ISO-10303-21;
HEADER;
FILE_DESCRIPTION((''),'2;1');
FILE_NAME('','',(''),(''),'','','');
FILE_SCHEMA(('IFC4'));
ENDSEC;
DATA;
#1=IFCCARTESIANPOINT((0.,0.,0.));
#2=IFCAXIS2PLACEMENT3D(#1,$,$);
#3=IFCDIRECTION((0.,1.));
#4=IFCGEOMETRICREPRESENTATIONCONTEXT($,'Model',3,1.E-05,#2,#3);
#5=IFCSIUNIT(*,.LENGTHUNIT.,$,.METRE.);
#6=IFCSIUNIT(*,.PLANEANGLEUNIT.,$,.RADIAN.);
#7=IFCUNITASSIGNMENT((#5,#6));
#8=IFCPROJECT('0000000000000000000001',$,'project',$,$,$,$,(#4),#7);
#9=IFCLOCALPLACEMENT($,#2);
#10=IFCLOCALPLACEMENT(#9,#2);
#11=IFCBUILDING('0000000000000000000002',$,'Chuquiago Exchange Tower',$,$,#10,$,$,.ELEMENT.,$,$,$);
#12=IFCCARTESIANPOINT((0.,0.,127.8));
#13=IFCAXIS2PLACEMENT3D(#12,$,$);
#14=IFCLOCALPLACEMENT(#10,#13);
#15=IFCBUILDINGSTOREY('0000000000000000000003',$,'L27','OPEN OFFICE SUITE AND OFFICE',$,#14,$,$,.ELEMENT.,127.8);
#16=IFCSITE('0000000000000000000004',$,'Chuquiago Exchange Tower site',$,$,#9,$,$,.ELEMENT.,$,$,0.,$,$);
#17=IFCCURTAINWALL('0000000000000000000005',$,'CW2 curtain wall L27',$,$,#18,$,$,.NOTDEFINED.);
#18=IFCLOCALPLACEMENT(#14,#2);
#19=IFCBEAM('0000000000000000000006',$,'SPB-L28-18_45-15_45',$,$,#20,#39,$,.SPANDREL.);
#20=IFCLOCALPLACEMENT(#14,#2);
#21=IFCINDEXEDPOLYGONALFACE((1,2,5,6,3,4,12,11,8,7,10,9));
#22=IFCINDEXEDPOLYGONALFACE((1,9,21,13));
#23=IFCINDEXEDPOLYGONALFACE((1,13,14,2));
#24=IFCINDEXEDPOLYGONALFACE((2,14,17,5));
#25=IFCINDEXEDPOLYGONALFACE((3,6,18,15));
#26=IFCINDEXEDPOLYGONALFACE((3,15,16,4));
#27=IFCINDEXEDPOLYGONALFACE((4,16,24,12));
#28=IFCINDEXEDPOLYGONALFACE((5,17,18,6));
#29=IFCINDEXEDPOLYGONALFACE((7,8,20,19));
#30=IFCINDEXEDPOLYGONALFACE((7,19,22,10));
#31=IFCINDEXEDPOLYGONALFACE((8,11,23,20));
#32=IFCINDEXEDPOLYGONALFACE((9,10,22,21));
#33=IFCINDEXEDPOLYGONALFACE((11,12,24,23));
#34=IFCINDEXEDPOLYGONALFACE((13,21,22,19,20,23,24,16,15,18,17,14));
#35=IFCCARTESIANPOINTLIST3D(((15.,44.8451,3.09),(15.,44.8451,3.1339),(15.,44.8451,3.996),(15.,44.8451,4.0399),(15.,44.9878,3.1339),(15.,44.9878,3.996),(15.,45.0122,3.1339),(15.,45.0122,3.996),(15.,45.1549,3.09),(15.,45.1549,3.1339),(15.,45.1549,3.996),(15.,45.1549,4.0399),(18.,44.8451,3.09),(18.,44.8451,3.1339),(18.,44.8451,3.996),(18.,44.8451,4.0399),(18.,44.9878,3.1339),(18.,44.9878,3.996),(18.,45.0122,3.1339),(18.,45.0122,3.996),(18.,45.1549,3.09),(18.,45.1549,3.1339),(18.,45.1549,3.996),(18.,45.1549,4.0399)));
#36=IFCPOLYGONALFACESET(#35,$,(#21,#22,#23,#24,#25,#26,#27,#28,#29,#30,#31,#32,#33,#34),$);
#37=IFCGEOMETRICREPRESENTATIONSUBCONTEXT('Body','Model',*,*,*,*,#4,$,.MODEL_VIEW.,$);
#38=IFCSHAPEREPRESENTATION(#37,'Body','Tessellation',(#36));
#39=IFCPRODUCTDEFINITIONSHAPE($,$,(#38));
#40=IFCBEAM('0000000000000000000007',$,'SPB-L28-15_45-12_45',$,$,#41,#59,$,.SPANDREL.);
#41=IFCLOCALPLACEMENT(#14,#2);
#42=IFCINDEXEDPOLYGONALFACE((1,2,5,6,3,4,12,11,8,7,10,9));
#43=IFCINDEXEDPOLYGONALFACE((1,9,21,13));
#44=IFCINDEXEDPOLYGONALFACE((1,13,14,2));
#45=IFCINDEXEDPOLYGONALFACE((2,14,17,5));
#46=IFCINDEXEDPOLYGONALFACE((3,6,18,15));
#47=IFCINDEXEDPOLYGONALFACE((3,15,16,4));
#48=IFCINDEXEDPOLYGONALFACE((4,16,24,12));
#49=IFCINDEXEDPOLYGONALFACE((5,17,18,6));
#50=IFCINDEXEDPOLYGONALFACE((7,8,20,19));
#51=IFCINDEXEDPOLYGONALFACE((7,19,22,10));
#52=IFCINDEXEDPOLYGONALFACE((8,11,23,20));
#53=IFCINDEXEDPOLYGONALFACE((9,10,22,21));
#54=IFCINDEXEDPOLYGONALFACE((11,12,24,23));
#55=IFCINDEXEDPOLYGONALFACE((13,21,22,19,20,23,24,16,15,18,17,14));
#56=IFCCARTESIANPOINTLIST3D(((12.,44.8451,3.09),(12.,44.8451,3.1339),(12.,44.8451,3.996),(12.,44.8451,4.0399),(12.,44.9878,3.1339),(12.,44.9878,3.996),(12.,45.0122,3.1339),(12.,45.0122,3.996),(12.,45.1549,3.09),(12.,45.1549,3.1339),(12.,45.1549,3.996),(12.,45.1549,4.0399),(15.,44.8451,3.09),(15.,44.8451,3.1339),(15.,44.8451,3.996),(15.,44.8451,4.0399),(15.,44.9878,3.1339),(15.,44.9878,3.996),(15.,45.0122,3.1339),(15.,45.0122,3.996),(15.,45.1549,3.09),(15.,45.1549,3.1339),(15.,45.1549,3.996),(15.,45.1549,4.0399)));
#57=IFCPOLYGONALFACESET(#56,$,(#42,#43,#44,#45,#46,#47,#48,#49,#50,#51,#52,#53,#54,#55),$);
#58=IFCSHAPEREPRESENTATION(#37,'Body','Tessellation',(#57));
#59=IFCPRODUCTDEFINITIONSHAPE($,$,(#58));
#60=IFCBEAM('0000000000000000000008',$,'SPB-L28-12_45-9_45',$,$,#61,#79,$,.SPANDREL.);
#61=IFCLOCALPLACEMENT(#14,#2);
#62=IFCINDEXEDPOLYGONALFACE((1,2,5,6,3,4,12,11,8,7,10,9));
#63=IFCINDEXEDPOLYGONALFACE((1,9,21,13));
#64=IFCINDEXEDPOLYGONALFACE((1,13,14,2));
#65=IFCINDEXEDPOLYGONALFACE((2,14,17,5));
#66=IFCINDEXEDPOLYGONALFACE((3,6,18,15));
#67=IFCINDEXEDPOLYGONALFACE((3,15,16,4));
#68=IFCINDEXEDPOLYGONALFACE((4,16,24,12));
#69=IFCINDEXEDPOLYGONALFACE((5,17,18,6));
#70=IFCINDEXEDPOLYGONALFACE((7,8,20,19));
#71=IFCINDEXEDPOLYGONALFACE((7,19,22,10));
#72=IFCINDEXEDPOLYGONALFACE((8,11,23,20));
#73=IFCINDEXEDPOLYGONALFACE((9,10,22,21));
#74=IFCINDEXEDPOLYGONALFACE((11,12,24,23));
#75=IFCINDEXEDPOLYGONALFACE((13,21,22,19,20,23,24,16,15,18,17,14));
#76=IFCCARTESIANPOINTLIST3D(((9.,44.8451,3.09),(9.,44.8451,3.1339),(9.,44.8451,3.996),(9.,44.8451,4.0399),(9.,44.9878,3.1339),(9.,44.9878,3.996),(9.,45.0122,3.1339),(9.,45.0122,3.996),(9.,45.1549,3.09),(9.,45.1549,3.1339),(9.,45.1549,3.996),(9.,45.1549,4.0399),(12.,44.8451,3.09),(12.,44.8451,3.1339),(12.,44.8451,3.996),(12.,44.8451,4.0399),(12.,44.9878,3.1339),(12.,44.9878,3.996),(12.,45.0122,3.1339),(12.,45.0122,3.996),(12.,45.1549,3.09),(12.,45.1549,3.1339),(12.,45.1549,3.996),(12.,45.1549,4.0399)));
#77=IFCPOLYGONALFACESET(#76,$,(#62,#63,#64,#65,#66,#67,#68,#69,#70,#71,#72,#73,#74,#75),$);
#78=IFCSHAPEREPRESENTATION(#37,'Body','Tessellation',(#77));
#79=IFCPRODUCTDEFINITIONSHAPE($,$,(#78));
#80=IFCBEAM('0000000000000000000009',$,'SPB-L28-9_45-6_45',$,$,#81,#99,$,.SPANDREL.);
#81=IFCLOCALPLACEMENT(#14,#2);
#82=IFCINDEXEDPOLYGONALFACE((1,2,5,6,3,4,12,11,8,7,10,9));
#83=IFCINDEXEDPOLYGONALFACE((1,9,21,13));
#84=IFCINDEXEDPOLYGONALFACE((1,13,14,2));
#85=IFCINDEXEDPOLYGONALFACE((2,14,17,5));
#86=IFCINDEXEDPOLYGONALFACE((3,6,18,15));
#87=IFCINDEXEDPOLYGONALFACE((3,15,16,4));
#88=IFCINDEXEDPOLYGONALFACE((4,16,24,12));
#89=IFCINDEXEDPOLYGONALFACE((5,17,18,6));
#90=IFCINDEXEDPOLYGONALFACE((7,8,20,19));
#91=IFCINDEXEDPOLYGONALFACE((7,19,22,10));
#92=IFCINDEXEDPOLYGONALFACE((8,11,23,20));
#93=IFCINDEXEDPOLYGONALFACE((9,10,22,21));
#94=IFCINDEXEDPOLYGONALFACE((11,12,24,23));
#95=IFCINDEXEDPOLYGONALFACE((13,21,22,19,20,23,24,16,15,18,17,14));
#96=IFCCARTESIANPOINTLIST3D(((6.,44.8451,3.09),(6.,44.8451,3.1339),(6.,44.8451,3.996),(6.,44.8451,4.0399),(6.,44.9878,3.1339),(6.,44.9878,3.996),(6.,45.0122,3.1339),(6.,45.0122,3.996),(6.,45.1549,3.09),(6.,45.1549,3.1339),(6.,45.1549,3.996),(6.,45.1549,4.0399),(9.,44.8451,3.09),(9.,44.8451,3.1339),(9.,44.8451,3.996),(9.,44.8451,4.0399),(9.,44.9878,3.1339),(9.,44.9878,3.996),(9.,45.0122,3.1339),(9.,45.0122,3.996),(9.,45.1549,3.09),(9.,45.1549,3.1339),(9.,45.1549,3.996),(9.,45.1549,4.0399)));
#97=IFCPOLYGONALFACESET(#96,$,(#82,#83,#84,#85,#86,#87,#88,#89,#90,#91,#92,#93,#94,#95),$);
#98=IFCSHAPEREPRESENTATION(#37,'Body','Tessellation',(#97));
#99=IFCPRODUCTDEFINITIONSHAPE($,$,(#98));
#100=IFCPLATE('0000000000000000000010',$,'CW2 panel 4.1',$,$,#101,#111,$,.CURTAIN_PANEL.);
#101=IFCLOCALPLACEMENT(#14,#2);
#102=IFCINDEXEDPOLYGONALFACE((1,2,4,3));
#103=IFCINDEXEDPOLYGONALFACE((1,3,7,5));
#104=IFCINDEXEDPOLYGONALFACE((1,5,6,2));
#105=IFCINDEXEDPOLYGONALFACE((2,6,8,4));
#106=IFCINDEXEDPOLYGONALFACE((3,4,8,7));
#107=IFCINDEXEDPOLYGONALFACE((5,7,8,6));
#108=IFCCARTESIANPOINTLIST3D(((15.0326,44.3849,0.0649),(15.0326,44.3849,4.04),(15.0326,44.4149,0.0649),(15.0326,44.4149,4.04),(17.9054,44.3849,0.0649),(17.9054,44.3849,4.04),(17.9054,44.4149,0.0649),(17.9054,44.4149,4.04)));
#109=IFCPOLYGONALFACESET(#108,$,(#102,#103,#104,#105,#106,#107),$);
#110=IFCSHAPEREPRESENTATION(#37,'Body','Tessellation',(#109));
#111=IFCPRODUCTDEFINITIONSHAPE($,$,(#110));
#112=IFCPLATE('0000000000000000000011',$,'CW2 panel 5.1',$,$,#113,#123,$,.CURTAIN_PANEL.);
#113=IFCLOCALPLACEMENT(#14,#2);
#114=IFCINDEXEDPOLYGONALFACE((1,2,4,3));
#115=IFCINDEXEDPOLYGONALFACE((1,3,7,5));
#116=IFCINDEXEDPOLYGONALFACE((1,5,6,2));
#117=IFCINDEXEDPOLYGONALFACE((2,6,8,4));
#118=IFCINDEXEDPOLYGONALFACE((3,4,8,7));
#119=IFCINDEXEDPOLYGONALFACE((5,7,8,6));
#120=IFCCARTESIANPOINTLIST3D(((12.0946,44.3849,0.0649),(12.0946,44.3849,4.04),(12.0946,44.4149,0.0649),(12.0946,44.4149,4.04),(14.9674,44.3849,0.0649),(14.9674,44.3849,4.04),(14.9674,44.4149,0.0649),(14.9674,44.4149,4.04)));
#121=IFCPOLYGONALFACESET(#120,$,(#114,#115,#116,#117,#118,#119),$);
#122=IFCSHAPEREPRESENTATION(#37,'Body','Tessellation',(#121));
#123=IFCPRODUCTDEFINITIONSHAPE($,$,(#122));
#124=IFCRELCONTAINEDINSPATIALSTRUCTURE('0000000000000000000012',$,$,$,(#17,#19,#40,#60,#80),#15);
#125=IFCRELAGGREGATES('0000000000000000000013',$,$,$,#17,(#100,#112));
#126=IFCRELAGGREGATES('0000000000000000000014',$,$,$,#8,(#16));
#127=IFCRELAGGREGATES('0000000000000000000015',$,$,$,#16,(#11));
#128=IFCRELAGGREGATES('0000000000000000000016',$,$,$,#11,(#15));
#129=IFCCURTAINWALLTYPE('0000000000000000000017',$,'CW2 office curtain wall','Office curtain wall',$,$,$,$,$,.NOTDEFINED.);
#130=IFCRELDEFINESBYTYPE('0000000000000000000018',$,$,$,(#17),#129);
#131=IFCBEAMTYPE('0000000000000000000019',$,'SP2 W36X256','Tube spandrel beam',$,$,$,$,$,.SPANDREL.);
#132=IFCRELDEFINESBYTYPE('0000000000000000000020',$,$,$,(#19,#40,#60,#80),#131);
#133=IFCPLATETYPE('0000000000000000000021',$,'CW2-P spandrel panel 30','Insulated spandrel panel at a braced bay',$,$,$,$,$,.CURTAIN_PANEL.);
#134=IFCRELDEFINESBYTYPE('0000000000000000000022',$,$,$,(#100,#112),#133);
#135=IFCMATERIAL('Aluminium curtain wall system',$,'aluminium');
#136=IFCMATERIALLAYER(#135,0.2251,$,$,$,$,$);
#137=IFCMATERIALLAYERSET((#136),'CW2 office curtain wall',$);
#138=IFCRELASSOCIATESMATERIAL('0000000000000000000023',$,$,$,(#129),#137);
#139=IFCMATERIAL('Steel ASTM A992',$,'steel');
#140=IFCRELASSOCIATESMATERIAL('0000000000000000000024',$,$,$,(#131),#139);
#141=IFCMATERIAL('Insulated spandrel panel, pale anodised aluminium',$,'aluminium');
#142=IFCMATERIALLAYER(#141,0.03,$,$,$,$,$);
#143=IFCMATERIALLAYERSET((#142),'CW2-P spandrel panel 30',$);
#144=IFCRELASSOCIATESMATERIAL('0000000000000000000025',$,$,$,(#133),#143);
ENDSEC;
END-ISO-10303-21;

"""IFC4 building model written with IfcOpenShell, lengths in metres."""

from ifc_helpers import new_model, si_unit, direction, frame, origin, origin_2d, place, context, subcontext, project, spatial, rectangle, i_section, extrude, material, layer, layer_set, material_profile, profile_set, type_object, element, aggregate, save


model = new_model("IFC4")

# Units and contexts
model_context = context("Model", 3, precision=1e-05, world=origin(), true_north=direction((0.0, 1.0)))
body_context = subcontext(model_context, "Body", "Model", "MODEL_VIEW")
ifc_project = project(units=[si_unit("LENGTHUNIT", "METRE"), si_unit("PLANEANGLEUNIT", "RADIAN")], contexts=[model_context])

# Site, building, storey
site_placement = place(None, origin())
site = spatial("IfcSite", under=ifc_project, at=site_placement, Name="Chuquiago Exchange Tower site", CompositionType="ELEMENT", RefElevation=0.0)
building_placement = place(site_placement, origin())
building = spatial("IfcBuilding", under=site, at=building_placement, Name="Chuquiago Exchange Tower", CompositionType="ELEMENT")
storey_placement = place(building_placement, frame((0.0, 0.0, 127.8)))
storey = spatial("IfcBuildingStorey", under=building, at=storey_placement, Name="L27", Description="OPEN OFFICE SUITE AND OFFICE", CompositionType="ELEMENT", Elevation=127.8)

# Curtain wall
ifc_material_1 = material(Name="Aluminium curtain wall system", Category="aluminium")
ifc_layer_1 = layer(ifc_material_1, 0.2251)
ifc_layer_set_1 = layer_set([ifc_layer_1], Name="CW2 office curtain wall")
curtain_wall_type = type_object("IfcCurtainWallType", Name="CW2 office curtain wall", Description="Office curtain wall", PredefinedType="NOTDEFINED", material=ifc_layer_set_1)
curtain_wall_placement = place(storey_placement, origin())
curtain_wall = element("IfcCurtainWall", 1, at=curtain_wall_placement, inside=storey, type_object=curtain_wall_type, Name="CW2 curtain wall L27", PredefinedType="NOTDEFINED")

# Beams
ifc_material_2 = material(Name="Steel ASTM A992", Category="steel")
ifc_material_profile_1 = material_profile(ifc_material_2, i_section(OverallWidth=0.3098, OverallDepth=0.95, WebThickness=0.0244, FlangeThickness=0.0439, at=origin_2d()), Name="W36X256")
ifc_profile_set_1 = profile_set([ifc_material_profile_1], Name="Steel ASTM A992")
beam_type = type_object("IfcBeamType", Name="SP2 W36X256", Description="Tube spandrel beam", PredefinedType="SPANDREL", material=ifc_profile_set_1)
for number, where, z_axis, x_axis, name in (
    (2, (18.0, 45.0, 3.5649), (-1.0, 0.0, 0.0), (0.0, -1.0, 0.0), "SPB-L28-18_45-15_45"),
    (3, (15.0, 45.0, 3.5649), (-1.0, 0.0, 0.0), (0.0, -1.0, 0.0), "SPB-L28-15_45-12_45"),
    (4, (12.0, 45.0, 3.5649), (-1.0, 0.0, 0.0), (0.0, -1.0, 0.0), "SPB-L28-12_45-9_45"),
    (5, (9.0, 45.0, 3.5649), (-1.0, 0.0, 0.0), (0.0, -1.0, 0.0), "SPB-L28-9_45-6_45"),
):
    element("IfcBeam", number, at=place(storey_placement, frame(where, z_axis=z_axis, x_axis=x_axis)), inside=storey, type_object=beam_type, Name=name, PredefinedType="SPANDREL", context=body_context, shape_type="SweptSolid", body=[
        extrude(i_section(OverallWidth=0.3098, OverallDepth=0.95, WebThickness=0.0244, FlangeThickness=0.0439, at=origin_2d()), origin(), (0.0, 0.0, 1.0), 3.0),
    ])

# Plates
ifc_material_3 = material(Name="Insulated spandrel panel, pale anodised aluminium", Category="aluminium")
ifc_layer_2 = layer(ifc_material_3, 0.03)
ifc_layer_set_2 = layer_set([ifc_layer_2], Name="CW2-P spandrel panel 30")
plate_type = type_object("IfcPlateType", Name="CW2-P spandrel panel 30", Description="Insulated spandrel panel at a braced bay", PredefinedType="CURTAIN_PANEL", material=ifc_layer_set_2)
plate_1_placement = place(storey_placement, frame((16.469, 44.3999, 0.0649), z_axis=(0.0, 0.0, 1.0), x_axis=(-1.0, 0.0, 0.0)))
plate_1 = element("IfcPlate", 6, at=plate_1_placement, type_object=plate_type, Name="CW2 panel 4.1", PredefinedType="CURTAIN_PANEL", context=body_context, shape_type="SweptSolid", body=[
    extrude(rectangle(XDim=2.8728, YDim=0.03, at=origin_2d()), origin(), (0.0, 0.0, 1.0), 3.9751),
])
plate_2_placement = place(storey_placement, frame((13.531, 44.3999, 0.0649), z_axis=(0.0, 0.0, 1.0), x_axis=(-1.0, 0.0, 0.0)))
plate_2 = element("IfcPlate", 7, at=plate_2_placement, type_object=plate_type, Name="CW2 panel 5.1", PredefinedType="CURTAIN_PANEL", context=body_context, shape_type="SweptSolid", body=[
    extrude(rectangle(XDim=2.8728, YDim=0.03, at=origin_2d()), origin(), (0.0, 0.0, 1.0), 3.9751),
])
aggregate(curtain_wall, [plate_1, plate_2])

save(model, "model.ifc")
